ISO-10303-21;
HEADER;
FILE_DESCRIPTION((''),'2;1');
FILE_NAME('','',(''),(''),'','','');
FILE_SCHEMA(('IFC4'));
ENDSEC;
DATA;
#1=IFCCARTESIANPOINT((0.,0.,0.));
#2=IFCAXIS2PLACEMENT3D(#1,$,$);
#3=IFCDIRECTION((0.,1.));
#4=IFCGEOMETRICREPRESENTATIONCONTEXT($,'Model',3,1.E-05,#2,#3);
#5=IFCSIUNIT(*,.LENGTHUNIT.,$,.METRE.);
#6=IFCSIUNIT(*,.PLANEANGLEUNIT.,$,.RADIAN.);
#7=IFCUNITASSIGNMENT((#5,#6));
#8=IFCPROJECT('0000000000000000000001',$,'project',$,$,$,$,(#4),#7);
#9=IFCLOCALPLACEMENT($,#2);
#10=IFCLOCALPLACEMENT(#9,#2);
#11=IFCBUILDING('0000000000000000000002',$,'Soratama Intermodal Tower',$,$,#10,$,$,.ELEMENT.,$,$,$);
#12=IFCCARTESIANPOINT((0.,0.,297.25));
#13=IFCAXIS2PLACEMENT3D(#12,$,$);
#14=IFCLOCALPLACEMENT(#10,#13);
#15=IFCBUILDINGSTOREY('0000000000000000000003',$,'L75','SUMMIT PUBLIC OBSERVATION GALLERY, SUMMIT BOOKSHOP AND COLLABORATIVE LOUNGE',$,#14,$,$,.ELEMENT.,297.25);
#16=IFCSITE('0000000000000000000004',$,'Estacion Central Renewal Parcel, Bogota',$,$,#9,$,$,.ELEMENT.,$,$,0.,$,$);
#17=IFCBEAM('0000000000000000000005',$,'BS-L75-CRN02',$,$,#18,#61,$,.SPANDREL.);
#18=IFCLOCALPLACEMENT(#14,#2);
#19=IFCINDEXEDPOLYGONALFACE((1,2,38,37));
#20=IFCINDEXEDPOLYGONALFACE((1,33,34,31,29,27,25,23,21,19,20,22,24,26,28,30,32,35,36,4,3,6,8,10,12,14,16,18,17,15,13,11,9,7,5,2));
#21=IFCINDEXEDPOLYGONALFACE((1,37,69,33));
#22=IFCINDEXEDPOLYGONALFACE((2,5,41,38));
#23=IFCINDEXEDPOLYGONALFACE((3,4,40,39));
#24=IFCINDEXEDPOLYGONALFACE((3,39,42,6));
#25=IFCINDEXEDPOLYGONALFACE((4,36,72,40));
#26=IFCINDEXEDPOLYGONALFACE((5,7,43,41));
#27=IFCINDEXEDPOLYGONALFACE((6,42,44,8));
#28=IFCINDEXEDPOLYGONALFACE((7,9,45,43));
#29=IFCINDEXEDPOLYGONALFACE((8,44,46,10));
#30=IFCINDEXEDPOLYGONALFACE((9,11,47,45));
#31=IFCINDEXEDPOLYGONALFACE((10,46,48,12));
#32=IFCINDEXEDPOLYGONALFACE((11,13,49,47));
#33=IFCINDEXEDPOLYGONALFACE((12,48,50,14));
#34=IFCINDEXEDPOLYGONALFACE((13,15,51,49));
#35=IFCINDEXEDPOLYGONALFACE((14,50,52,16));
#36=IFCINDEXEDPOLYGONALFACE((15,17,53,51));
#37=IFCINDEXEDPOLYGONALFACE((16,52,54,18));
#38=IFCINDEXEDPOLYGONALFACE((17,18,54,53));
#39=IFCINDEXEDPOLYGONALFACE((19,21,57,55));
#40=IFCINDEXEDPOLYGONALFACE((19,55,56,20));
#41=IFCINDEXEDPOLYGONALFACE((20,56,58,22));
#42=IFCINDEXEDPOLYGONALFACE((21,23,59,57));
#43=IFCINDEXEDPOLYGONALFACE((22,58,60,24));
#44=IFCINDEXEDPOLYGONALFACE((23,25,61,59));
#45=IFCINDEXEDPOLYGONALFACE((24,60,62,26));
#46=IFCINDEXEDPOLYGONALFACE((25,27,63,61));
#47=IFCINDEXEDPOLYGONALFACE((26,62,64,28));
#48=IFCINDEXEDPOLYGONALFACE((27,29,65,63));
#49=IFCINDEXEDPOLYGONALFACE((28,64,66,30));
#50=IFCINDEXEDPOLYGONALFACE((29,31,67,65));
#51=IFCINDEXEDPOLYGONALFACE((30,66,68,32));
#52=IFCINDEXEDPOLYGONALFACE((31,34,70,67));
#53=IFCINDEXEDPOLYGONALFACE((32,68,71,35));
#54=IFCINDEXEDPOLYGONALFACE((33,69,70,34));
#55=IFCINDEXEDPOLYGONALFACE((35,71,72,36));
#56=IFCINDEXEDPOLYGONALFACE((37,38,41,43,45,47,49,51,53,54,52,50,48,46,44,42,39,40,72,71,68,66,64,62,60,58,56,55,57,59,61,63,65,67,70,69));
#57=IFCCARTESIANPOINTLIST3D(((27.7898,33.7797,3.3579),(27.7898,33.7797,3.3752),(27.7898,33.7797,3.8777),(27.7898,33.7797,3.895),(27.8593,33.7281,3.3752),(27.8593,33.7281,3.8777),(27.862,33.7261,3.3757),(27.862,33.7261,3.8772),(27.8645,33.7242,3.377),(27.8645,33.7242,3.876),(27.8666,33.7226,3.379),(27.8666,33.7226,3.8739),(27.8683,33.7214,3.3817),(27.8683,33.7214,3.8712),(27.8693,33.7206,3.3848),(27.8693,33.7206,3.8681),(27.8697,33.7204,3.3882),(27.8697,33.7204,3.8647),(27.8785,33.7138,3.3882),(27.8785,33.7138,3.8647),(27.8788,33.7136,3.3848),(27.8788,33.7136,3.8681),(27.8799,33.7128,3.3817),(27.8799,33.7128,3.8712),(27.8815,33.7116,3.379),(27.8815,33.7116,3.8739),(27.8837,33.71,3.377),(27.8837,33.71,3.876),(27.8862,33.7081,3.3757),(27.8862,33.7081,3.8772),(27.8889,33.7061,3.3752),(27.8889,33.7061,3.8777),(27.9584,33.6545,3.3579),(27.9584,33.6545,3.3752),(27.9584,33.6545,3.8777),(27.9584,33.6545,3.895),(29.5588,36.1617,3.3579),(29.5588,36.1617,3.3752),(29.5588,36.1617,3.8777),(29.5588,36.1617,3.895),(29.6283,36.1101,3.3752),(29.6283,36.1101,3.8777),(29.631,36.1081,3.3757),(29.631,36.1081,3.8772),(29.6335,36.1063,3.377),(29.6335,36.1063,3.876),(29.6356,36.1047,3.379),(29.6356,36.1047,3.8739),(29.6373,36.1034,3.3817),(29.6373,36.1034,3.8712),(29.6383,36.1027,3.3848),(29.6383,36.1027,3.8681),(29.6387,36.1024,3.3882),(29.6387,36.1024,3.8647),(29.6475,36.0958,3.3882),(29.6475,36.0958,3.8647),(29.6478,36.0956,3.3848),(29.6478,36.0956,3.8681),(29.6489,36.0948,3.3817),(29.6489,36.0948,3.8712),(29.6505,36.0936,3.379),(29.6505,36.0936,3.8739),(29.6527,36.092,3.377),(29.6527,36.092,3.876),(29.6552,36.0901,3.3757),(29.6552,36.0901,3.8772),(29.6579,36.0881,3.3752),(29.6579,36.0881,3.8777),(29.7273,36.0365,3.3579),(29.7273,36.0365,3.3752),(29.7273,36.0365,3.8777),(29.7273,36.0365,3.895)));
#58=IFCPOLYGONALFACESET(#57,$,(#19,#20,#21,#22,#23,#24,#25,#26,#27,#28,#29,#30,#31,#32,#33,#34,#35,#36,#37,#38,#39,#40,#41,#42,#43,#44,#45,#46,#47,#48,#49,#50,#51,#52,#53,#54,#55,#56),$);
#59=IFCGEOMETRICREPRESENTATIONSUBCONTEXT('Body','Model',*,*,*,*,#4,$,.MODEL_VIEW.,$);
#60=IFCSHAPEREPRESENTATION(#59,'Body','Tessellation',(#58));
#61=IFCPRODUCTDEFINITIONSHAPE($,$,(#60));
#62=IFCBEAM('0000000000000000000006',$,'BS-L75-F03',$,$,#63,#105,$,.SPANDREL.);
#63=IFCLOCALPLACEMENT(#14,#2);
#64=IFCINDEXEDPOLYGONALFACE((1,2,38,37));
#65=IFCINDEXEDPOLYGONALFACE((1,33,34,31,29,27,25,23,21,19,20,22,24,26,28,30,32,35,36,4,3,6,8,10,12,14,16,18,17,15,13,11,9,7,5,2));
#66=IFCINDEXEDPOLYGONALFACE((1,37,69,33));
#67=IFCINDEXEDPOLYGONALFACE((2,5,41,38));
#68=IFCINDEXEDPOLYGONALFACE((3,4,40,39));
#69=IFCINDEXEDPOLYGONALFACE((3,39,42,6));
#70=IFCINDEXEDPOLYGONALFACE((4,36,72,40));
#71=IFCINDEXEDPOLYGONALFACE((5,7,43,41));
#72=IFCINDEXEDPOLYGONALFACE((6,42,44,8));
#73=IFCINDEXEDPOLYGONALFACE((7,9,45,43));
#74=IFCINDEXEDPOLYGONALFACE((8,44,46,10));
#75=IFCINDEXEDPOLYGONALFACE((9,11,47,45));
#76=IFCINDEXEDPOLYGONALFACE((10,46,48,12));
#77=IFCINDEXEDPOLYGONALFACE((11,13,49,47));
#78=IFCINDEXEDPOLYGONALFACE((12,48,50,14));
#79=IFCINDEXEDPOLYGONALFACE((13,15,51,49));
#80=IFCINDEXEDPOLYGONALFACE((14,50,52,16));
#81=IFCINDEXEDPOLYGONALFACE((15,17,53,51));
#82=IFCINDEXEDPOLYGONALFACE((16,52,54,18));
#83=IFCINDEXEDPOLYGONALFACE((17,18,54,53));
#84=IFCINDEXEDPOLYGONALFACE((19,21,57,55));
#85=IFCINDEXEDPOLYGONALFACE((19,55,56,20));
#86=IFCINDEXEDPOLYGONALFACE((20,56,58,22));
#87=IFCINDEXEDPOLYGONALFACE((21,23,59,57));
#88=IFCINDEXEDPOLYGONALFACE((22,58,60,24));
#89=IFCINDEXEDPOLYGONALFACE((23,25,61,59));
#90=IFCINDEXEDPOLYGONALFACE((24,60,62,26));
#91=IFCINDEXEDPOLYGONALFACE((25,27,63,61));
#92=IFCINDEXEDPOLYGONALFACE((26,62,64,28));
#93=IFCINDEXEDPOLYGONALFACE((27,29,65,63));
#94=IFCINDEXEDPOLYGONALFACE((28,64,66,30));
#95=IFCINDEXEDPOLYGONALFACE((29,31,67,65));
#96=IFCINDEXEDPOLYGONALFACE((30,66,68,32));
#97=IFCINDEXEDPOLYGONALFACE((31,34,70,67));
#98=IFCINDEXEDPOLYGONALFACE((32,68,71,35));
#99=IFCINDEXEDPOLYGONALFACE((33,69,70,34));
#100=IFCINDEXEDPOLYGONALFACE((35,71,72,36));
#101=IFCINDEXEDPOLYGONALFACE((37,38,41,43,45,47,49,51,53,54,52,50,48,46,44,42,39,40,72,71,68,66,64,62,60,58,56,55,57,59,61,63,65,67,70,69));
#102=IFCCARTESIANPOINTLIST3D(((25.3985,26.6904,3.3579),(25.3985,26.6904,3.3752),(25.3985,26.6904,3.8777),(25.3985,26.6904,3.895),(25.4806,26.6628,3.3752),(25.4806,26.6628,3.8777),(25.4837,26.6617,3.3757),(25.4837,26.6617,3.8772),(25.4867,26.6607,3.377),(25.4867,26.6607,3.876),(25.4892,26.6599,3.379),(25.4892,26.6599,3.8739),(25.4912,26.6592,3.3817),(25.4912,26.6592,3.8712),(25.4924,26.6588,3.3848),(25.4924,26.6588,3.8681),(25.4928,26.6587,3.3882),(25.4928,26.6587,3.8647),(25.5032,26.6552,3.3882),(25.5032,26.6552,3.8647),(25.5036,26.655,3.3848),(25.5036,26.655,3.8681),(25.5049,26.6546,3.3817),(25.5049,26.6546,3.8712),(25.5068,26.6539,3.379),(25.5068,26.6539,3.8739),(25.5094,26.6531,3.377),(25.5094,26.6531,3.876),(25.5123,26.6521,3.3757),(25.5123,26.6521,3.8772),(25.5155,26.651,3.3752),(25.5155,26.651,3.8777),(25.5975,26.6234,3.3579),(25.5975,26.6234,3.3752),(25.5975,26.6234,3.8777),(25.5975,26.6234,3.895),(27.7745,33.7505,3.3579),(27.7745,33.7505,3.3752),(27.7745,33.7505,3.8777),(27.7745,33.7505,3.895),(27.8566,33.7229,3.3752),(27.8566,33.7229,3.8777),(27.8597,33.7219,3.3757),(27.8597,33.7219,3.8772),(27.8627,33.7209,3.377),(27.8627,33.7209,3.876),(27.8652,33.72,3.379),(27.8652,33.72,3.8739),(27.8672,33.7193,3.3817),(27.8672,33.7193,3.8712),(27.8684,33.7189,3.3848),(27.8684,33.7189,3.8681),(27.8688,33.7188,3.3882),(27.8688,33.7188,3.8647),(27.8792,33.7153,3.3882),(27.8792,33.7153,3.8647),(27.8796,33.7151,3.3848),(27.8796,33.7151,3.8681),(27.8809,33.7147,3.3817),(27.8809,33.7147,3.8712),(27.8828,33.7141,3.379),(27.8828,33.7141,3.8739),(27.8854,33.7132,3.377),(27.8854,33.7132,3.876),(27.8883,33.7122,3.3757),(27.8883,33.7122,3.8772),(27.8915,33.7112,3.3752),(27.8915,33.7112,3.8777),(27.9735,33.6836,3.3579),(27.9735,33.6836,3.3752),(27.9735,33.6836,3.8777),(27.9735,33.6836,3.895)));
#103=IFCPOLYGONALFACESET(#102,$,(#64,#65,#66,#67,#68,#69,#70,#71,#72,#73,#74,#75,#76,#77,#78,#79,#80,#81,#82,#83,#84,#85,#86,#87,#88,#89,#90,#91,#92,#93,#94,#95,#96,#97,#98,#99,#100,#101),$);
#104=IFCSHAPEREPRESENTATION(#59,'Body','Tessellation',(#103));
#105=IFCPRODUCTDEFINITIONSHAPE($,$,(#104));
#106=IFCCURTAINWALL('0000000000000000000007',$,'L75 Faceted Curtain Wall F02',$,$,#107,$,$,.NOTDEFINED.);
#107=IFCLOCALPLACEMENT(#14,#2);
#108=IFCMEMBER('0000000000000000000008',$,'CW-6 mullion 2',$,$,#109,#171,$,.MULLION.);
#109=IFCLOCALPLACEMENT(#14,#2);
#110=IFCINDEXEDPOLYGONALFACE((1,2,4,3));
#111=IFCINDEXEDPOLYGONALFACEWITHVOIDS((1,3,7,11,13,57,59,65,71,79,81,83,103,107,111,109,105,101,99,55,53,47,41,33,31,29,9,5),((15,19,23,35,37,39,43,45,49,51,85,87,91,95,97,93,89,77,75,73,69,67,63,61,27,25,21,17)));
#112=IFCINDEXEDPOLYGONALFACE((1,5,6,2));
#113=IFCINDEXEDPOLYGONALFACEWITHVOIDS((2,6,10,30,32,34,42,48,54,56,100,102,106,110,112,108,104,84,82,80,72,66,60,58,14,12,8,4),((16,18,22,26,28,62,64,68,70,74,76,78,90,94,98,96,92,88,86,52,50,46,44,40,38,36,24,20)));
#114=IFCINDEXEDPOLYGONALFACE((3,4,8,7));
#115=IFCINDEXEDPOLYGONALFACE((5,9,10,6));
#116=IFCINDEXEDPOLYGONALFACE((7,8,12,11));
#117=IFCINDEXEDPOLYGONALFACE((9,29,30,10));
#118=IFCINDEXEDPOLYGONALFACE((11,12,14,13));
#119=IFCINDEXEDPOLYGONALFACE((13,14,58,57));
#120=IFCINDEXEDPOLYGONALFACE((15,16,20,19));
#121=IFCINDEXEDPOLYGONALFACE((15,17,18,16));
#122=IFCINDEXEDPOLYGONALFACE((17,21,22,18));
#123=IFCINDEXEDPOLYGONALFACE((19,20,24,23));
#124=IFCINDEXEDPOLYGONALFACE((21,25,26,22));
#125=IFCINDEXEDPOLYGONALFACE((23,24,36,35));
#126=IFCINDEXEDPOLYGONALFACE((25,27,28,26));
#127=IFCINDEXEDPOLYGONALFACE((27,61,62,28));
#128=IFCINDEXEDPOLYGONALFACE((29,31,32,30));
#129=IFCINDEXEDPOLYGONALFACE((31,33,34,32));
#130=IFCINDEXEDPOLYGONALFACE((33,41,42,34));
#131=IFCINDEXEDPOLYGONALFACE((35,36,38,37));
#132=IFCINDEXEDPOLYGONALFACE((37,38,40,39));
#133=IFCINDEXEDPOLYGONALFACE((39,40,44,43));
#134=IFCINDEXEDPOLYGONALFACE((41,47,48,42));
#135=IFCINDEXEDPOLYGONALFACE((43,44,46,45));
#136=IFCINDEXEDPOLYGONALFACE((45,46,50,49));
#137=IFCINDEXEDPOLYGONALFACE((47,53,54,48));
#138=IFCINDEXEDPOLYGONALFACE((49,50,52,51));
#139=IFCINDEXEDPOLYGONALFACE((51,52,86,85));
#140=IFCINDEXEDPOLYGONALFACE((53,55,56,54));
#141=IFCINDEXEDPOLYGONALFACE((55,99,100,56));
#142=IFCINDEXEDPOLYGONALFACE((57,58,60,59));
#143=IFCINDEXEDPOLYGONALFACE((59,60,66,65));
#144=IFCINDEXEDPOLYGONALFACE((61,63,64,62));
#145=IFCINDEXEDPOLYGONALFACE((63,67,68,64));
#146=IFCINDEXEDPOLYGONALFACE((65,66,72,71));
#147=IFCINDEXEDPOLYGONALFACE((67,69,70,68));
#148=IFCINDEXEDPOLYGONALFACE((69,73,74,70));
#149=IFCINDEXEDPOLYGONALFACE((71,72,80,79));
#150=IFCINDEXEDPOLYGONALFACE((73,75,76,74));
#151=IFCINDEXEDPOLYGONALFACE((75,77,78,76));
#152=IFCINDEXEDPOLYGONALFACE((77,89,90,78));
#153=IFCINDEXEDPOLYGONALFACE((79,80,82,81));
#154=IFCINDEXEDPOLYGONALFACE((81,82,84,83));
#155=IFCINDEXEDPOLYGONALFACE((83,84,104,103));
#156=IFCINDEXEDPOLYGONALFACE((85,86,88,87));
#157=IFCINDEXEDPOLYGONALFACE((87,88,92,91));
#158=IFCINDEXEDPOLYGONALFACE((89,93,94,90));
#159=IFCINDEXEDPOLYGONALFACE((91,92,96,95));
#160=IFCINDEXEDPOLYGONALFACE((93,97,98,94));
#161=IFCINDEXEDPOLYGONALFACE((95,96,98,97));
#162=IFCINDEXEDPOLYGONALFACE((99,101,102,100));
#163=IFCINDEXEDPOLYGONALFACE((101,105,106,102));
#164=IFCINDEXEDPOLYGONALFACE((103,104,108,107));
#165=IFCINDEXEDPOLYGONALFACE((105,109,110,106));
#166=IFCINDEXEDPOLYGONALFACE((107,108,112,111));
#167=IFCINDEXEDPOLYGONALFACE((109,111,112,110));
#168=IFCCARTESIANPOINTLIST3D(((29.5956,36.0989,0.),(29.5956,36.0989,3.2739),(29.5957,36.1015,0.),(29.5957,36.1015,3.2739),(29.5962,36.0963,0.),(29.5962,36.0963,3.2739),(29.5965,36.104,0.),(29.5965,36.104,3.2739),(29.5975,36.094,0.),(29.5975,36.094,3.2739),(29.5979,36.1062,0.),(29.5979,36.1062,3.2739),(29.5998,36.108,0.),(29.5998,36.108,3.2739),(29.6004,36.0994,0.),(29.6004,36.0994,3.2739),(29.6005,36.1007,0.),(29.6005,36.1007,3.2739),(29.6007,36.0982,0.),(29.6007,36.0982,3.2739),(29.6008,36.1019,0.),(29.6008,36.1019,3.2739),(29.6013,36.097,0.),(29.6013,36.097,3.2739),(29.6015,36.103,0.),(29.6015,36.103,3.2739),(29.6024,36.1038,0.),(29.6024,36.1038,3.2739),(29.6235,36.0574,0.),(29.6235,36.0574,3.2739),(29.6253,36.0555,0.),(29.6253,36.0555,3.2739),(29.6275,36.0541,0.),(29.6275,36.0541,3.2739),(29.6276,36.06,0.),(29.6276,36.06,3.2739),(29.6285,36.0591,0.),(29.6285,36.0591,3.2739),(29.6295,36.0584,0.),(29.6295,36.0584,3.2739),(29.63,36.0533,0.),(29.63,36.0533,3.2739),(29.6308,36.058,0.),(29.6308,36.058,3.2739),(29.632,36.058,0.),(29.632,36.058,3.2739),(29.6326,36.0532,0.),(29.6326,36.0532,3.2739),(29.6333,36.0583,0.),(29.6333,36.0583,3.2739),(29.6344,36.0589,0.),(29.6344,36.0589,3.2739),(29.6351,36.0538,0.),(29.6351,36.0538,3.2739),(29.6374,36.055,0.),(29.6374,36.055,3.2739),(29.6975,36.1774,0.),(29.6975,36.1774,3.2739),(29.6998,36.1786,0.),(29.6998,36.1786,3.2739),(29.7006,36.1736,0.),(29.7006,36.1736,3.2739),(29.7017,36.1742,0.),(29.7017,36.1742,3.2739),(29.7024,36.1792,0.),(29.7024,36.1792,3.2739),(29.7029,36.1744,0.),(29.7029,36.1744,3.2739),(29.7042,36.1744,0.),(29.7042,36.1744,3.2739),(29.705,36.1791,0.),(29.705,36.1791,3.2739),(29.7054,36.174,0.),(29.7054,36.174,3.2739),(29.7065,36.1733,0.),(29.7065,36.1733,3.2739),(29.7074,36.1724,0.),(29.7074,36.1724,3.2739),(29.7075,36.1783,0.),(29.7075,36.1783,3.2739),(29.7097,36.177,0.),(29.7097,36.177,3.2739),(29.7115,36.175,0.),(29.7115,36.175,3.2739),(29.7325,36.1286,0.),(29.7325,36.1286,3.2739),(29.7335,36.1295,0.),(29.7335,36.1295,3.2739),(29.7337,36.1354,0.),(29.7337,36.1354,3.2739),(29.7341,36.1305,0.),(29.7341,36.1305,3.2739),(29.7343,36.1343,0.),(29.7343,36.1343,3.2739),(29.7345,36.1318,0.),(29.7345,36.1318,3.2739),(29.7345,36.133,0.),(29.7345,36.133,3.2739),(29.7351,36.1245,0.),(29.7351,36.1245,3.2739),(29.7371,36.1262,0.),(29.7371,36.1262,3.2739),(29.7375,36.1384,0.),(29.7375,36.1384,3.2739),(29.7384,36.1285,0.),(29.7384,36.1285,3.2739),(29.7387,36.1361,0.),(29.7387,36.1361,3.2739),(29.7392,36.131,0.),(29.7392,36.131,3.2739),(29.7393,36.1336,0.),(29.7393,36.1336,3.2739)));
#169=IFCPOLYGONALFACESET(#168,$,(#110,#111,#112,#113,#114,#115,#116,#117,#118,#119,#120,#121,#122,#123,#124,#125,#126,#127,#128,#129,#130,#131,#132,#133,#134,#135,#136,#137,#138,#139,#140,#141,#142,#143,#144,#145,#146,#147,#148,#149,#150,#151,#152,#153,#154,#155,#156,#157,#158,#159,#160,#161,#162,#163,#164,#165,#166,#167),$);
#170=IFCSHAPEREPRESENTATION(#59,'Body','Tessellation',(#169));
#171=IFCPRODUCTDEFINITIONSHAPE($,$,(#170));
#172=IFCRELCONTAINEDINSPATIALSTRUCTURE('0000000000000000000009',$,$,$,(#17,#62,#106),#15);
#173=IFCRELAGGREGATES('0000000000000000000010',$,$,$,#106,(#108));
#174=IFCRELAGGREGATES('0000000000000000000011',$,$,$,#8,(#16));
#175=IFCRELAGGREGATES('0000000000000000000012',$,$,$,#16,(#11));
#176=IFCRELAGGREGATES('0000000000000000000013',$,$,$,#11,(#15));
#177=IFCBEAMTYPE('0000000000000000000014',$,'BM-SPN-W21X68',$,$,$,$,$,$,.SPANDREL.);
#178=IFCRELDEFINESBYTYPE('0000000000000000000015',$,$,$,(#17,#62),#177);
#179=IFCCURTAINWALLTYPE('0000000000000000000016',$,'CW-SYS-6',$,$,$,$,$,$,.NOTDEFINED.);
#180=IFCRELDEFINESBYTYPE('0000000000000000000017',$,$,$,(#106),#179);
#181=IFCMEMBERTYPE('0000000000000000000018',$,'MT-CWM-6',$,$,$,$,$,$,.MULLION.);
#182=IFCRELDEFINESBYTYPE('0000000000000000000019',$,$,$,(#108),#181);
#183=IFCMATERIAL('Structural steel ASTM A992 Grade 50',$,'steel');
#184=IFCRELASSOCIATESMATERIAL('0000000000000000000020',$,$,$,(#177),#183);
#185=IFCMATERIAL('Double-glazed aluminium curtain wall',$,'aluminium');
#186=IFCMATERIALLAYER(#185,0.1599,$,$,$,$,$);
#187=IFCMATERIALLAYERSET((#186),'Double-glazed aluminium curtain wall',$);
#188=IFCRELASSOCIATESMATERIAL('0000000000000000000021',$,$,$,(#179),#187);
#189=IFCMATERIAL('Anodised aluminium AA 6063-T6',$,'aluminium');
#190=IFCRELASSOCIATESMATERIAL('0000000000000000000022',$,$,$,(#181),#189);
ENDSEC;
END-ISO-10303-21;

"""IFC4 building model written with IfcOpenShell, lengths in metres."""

from ifc_helpers import new_model, si_unit, direction, frame, origin, origin_2d, place, context, subcontext, project, spatial, hollow_rectangle, i_section, extrude, material, layer, layer_set, material_profile, profile_set, type_object, element, aggregate, save


model = new_model("IFC4")

# Units and contexts
model_context = context("Model", 3, precision=1e-05, world=origin(), true_north=direction((0.0, 1.0)))
body_context = subcontext(model_context, "Body", "Model", "MODEL_VIEW")
ifc_project = project(units=[si_unit("LENGTHUNIT", "METRE"), si_unit("PLANEANGLEUNIT", "RADIAN")], contexts=[model_context])

# Site, building, storey
site_placement = place(None, origin())
site = spatial("IfcSite", under=ifc_project, at=site_placement, Name="Estacion Central Renewal Parcel, Bogota", CompositionType="ELEMENT", RefElevation=0.0)
building_placement = place(site_placement, origin())
building = spatial("IfcBuilding", under=site, at=building_placement, Name="Soratama Intermodal Tower", CompositionType="ELEMENT")
storey_placement = place(building_placement, frame((0.0, 0.0, 297.25)))
storey = spatial("IfcBuildingStorey", under=building, at=storey_placement, Name="L75", Description="SUMMIT PUBLIC OBSERVATION GALLERY, SUMMIT BOOKSHOP AND COLLABORATIVE LOUNGE", CompositionType="ELEMENT", Elevation=297.25)

# Beams
ifc_material_1 = material(Name="Structural steel ASTM A992 Grade 50", Category="steel")
ifc_material_profile_1 = material_profile(ifc_material_1, i_section(OverallWidth=0.21, OverallDepth=0.5371, WebThickness=0.011, FlangeThickness=0.0173, FilletRadius=0.0129, at=origin_2d()), Name="W21X68")
ifc_profile_set_1 = profile_set([ifc_material_profile_1], Name="Structural steel ASTM A992 Grade 50")
beam_type_1 = type_object("IfcBeamType", Name="BM-SPN-W21X68", PredefinedType="SPANDREL", material=ifc_profile_set_1)
beam_1_placement = place(storey_placement, frame((29.6431, 36.0991, 3.6265), z_axis=(-0.596215, -0.802825, 0.0), x_axis=(0.802825, -0.596215, 0.0)))
element("IfcBeam", 1, at=beam_1_placement, inside=storey, type_object=beam_type_1, Name="BS-L75-CRN02", PredefinedType="SPANDREL", context=body_context, shape_type="SweptSolid", body=[
    extrude(i_section(OverallWidth=0.21, OverallDepth=0.5371, WebThickness=0.011, FlangeThickness=0.0173, FilletRadius=0.0129, at=origin_2d()), origin(), (0.0, 0.0, 1.0), 2.967),
])
beam_2_placement = place(storey_placement, frame((27.874, 33.717, 3.6265), z_axis=(-0.31896, -0.947768, 0.0), x_axis=(0.947768, -0.31896, 0.0)))
element("IfcBeam", 2, at=beam_2_placement, inside=storey, type_object=beam_type_1, Name="BS-L75-F03", PredefinedType="SPANDREL", context=body_context, shape_type="SweptSolid", body=[
    extrude(i_section(OverallWidth=0.21, OverallDepth=0.5371, WebThickness=0.011, FlangeThickness=0.0173, FilletRadius=0.0129, at=origin_2d()), origin(), (0.0, 0.0, 1.0), 7.4492),
])

# Curtain wall, member
ifc_material_2 = material(Name="Double-glazed aluminium curtain wall", Category="aluminium")
ifc_layer_1 = layer(ifc_material_2, 0.1599)
ifc_layer_set_1 = layer_set([ifc_layer_1], Name="Double-glazed aluminium curtain wall")
curtain_wall_type = type_object("IfcCurtainWallType", Name="CW-SYS-6", PredefinedType="NOTDEFINED", material=ifc_layer_set_1)
curtain_wall_1_placement = place(storey_placement, origin())
curtain_wall_1 = element("IfcCurtainWall", 3, at=curtain_wall_1_placement, inside=storey, type_object=curtain_wall_type, Name="L75 Faceted Curtain Wall F02", PredefinedType="NOTDEFINED")
ifc_material_3 = material(Name="Anodised aluminium AA 6063-T6", Category="aluminium")
ifc_material_profile_2 = material_profile(ifc_material_3, hollow_rectangle(XDim=0.0649, YDim=0.1399, WallThickness=0.0049, InnerFilletRadius=0.0049, OuterFilletRadius=0.01, at=origin_2d()), Name="CWM140X65X5")
ifc_profile_set_2 = profile_set([ifc_material_profile_2], Name="Anodised aluminium AA 6063-T6")
member_type_1 = type_object("IfcMemberType", Name="MT-CWM-6", PredefinedType="MULLION", material=ifc_profile_set_2)
member_1_placement = place(storey_placement, frame((29.6675, 36.1162, 0.0), z_axis=(0.0, 0.0, 1.0), x_axis=(0.579286, -0.815124, 0.0)))
member_1 = element("IfcMember", 4, at=member_1_placement, type_object=member_type_1, Name="CW-6 mullion 2", PredefinedType="MULLION", context=body_context, shape_type="SweptSolid", body=[
    extrude(hollow_rectangle(XDim=0.0649, YDim=0.1399, WallThickness=0.0049, InnerFilletRadius=0.0049, OuterFilletRadius=0.01, at=origin_2d()), origin(), (0.0, 0.0, 1.0), 3.2739),
])

aggregate(curtain_wall_1, [member_1])

save(model, "model.ifc")
